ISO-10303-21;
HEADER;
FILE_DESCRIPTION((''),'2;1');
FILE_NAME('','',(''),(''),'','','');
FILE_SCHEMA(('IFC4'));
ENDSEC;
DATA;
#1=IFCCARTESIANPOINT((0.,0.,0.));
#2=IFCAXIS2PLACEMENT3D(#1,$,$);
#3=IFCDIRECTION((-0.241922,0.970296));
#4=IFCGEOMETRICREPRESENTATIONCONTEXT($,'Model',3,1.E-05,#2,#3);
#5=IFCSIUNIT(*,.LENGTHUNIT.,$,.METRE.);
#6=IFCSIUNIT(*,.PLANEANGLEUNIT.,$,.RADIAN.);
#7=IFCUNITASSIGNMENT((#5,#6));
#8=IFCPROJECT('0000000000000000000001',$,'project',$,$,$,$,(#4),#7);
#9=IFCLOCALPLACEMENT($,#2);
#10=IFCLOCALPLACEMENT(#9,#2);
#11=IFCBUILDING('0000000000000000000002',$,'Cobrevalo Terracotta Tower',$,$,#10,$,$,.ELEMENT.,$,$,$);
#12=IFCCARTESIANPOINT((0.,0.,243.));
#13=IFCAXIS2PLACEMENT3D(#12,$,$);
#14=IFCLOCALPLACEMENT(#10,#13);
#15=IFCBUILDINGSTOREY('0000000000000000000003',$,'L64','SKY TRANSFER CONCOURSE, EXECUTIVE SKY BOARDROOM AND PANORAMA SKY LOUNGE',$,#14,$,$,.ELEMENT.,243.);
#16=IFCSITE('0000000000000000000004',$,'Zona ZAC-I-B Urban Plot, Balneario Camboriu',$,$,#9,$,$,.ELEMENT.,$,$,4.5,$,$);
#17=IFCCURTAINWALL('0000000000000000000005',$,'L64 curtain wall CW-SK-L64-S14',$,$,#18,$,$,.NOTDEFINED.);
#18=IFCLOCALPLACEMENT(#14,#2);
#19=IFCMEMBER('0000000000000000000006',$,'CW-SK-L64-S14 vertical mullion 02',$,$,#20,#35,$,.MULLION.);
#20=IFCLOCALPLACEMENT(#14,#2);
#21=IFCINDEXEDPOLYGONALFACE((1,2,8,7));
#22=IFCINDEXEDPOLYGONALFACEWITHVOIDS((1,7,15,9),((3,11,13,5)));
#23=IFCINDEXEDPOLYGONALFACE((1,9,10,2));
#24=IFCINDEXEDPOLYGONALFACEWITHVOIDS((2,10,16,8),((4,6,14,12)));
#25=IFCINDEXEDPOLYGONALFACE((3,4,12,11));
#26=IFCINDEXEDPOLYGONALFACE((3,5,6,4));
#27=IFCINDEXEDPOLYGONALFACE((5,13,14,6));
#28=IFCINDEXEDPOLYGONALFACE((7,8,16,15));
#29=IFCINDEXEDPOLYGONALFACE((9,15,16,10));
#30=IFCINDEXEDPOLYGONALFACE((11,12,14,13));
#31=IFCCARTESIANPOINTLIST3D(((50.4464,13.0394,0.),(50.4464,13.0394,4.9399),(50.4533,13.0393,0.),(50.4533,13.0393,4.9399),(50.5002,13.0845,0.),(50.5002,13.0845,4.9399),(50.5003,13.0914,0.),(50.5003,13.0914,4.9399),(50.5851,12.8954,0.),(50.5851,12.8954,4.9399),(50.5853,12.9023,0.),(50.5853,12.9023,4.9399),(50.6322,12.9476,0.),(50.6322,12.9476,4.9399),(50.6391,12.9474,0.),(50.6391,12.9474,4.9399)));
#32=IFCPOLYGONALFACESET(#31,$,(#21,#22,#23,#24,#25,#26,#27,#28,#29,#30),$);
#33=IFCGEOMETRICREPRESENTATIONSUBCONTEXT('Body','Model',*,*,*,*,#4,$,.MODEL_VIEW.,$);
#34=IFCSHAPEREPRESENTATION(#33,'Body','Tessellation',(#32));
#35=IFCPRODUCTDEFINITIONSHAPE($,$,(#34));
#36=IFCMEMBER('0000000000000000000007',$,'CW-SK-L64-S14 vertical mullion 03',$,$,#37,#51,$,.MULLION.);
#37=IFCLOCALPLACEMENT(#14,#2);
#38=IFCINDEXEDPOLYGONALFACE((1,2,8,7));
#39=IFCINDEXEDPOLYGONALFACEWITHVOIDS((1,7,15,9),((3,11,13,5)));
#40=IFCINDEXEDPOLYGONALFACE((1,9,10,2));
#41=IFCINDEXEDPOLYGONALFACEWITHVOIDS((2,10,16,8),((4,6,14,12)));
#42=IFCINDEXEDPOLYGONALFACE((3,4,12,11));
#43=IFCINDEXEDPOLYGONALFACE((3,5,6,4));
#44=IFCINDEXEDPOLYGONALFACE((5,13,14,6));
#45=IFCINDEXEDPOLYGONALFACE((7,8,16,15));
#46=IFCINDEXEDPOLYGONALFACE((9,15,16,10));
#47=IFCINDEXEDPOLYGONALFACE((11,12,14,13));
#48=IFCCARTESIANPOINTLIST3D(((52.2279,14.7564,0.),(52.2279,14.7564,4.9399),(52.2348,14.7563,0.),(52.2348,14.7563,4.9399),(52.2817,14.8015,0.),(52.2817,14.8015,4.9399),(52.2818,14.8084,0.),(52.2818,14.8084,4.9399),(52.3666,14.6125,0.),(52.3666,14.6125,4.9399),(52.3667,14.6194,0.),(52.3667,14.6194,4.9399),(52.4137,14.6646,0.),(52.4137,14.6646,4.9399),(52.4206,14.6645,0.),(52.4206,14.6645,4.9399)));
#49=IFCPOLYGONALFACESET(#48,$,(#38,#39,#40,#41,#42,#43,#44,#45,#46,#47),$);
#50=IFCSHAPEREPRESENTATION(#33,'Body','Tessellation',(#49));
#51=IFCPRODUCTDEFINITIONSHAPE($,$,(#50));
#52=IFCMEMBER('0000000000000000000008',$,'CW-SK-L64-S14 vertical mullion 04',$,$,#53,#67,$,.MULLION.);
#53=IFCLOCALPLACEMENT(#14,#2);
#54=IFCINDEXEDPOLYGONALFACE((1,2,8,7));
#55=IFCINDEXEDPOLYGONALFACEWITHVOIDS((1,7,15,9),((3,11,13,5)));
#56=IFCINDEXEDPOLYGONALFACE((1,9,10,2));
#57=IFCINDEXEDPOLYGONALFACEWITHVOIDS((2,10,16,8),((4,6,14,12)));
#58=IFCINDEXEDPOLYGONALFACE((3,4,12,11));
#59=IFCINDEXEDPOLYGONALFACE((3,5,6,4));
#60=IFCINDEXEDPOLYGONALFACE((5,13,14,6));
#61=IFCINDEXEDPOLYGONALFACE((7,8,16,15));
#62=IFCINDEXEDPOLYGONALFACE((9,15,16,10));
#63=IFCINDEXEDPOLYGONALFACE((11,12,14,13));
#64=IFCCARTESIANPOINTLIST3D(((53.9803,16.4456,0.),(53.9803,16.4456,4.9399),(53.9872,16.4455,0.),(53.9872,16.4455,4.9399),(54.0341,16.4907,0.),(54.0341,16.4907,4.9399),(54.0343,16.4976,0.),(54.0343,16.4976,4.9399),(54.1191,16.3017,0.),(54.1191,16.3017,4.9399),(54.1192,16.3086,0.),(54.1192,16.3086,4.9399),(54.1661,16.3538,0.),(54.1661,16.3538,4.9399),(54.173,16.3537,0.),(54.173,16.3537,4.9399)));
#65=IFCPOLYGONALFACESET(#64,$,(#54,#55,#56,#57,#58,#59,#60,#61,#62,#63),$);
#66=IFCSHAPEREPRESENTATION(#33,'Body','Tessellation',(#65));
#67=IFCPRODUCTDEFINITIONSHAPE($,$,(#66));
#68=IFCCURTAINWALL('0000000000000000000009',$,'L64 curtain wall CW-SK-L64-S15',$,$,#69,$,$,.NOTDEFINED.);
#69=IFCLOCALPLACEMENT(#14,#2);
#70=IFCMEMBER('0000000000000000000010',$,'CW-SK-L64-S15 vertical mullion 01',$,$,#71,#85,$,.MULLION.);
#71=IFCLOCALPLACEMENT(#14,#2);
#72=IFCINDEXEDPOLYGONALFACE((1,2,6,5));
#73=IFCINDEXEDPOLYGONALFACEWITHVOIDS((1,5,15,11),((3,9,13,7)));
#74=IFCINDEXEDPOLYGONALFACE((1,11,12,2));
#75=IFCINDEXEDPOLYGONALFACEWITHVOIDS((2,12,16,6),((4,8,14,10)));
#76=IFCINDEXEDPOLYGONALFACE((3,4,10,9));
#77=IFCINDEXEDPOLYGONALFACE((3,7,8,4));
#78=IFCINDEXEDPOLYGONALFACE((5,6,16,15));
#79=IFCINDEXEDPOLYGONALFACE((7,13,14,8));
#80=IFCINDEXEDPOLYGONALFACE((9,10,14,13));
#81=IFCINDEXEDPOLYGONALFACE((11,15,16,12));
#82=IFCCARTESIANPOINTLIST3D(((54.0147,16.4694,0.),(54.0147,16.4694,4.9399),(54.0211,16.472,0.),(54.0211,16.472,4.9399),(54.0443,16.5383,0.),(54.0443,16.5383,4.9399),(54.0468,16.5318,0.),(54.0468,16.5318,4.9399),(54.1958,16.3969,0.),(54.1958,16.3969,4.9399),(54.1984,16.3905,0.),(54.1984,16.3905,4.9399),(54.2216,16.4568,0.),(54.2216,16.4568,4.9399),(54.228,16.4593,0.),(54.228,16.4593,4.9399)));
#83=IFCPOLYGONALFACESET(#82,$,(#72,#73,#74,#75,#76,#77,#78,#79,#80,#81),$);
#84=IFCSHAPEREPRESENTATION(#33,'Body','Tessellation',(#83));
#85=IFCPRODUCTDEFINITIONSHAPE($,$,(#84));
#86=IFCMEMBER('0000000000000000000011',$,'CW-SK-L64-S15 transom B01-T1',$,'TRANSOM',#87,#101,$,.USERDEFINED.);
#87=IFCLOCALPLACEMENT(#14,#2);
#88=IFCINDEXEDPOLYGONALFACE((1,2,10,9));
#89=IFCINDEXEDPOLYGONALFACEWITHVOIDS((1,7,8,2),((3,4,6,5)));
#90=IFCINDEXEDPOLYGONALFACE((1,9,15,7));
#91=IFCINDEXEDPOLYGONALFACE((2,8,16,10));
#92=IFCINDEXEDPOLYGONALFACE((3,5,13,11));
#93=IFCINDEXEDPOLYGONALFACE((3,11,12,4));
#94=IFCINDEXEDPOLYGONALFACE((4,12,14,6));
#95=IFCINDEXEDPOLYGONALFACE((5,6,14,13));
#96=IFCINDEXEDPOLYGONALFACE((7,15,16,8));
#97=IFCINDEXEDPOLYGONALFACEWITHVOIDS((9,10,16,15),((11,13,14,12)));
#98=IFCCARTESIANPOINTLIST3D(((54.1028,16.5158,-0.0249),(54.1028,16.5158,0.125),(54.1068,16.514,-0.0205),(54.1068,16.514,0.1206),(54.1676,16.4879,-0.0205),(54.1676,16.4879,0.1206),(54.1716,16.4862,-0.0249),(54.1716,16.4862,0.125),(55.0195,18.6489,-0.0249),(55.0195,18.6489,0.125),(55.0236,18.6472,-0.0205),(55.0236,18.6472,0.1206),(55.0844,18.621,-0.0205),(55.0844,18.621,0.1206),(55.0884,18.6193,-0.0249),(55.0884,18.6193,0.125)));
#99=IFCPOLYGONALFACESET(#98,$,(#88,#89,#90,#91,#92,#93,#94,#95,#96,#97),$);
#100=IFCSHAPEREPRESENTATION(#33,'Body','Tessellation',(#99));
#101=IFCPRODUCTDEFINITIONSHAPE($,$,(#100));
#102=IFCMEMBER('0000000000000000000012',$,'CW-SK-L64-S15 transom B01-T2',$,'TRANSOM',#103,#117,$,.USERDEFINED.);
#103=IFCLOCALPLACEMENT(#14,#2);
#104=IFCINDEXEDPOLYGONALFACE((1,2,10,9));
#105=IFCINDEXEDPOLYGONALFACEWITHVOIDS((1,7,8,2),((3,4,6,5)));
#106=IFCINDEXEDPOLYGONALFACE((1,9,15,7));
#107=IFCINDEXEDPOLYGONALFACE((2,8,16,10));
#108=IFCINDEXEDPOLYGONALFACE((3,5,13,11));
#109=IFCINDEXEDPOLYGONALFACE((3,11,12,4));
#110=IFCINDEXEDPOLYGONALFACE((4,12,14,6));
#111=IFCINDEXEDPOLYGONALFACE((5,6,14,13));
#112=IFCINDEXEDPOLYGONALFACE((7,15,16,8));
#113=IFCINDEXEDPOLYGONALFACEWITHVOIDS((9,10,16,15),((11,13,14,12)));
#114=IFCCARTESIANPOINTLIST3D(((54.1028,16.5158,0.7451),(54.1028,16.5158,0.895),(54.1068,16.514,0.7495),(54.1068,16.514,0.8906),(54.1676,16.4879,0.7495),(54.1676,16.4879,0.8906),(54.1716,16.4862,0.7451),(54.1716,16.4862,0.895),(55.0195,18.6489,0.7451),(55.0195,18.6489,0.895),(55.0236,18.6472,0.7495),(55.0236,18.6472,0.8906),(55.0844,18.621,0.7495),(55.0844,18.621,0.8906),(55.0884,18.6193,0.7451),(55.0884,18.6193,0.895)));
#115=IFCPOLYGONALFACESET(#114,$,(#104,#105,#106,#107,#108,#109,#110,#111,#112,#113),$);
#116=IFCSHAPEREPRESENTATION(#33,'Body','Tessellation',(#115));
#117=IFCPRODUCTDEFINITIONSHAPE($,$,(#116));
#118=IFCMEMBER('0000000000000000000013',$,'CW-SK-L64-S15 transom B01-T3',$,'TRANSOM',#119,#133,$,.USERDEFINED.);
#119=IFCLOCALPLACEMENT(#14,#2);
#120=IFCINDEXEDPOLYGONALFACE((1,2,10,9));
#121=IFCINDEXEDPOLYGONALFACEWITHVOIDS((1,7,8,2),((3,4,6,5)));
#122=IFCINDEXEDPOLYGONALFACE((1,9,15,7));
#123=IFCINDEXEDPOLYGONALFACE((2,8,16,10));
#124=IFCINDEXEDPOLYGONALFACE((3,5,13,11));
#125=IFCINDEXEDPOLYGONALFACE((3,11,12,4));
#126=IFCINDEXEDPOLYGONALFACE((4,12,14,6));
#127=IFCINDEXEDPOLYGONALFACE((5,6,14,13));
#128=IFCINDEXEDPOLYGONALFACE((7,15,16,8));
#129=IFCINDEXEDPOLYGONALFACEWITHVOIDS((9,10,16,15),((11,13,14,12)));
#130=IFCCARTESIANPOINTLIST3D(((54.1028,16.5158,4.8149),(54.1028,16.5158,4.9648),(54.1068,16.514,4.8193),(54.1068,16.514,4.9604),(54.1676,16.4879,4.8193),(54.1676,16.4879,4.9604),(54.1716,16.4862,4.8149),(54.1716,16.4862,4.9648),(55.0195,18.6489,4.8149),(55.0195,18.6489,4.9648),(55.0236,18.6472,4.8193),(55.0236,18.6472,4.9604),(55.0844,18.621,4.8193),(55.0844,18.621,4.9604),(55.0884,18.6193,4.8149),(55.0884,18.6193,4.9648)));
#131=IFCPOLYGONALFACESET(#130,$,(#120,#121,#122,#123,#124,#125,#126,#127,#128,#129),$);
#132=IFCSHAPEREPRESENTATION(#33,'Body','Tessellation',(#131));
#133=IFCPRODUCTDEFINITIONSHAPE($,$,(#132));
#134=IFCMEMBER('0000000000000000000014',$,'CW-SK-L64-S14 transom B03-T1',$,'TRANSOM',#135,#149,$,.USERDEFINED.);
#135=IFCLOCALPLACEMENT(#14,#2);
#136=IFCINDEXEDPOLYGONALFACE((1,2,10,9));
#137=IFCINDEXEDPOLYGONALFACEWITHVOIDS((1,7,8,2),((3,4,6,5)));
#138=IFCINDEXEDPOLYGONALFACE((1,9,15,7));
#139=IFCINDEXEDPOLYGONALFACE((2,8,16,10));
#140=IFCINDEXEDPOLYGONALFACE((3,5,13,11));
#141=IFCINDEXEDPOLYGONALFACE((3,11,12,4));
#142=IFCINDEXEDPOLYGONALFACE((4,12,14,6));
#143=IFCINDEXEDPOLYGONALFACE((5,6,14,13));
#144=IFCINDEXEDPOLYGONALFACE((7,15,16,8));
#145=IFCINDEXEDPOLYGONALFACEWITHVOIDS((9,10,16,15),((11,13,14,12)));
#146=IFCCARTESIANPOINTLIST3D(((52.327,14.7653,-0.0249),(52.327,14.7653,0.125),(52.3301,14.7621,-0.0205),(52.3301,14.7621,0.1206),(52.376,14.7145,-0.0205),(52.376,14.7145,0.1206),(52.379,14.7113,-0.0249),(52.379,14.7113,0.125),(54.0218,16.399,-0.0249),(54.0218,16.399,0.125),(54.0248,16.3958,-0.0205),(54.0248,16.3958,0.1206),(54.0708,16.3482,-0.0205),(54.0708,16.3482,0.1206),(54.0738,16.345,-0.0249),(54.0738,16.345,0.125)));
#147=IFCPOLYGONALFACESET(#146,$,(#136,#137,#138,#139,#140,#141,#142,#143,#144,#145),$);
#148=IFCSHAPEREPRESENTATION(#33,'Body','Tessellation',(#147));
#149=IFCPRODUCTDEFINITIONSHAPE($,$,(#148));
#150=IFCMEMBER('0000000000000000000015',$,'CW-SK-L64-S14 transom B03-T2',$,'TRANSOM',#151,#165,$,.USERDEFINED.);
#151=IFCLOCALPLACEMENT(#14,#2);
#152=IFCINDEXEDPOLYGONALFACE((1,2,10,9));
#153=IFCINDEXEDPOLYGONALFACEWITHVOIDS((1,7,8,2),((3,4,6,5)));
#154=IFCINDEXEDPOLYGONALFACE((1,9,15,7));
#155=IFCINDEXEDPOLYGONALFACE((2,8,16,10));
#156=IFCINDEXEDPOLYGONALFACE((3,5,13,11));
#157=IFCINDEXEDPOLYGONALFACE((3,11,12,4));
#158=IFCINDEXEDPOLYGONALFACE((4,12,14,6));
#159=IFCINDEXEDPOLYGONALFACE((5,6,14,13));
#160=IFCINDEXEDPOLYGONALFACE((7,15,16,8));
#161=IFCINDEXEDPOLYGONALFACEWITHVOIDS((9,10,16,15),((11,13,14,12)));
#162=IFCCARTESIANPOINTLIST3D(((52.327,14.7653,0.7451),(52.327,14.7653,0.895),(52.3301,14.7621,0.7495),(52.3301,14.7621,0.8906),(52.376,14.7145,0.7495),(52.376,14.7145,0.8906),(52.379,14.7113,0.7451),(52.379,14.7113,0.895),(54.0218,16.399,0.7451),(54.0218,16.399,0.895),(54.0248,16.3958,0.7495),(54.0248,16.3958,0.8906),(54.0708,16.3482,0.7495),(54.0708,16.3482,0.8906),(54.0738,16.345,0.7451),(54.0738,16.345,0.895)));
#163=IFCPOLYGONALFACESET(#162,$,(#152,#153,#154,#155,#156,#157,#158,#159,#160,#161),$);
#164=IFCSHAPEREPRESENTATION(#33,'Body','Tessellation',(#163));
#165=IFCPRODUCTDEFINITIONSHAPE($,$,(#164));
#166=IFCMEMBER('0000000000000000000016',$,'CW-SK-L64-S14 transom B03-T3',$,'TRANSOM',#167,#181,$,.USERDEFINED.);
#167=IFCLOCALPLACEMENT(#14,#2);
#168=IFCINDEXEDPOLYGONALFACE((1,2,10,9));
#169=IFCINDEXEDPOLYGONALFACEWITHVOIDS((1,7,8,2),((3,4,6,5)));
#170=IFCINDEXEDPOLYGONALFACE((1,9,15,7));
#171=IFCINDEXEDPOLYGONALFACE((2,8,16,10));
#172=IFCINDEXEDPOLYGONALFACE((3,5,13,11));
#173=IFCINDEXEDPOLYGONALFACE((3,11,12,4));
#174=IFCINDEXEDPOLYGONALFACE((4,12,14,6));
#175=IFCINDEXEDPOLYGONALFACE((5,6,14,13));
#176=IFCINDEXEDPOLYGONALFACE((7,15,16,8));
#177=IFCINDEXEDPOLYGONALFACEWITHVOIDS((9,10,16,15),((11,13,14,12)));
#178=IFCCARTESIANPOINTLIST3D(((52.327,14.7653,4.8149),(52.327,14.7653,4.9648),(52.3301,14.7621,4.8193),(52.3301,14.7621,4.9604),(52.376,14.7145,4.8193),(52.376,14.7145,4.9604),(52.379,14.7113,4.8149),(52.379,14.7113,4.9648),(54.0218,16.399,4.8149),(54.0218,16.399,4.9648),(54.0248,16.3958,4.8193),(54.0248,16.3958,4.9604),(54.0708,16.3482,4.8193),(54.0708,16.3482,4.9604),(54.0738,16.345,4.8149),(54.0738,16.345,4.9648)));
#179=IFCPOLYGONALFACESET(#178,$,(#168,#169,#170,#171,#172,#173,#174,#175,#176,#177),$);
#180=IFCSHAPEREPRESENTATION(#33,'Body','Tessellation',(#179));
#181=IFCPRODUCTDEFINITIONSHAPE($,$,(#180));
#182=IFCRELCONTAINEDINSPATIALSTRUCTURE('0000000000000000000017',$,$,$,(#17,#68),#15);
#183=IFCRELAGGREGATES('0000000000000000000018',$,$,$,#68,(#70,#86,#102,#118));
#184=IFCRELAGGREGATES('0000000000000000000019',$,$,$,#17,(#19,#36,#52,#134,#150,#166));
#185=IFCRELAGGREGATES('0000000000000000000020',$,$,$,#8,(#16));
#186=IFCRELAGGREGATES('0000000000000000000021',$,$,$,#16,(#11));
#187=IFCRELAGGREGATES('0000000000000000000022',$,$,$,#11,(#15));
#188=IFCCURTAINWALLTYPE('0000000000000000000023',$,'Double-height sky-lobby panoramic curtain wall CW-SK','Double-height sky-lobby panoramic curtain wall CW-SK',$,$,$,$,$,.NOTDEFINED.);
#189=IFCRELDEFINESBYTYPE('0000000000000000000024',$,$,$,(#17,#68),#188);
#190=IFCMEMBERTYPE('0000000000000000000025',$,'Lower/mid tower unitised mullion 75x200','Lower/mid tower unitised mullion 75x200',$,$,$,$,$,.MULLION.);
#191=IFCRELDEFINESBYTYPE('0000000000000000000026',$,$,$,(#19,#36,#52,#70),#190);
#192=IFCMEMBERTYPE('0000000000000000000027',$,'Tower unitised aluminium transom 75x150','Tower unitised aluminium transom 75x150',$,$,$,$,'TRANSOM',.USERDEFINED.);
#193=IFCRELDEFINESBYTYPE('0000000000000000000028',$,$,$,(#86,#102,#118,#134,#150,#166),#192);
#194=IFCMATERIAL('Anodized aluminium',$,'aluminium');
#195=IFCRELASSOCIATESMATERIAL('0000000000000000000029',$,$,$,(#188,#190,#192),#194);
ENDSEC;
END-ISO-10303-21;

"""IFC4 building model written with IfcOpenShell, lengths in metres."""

from ifc_helpers import new_model, si_unit, direction, frame, origin, origin_2d, place, context, subcontext, project, spatial, hollow_rectangle, extrude, source, transform, mapped, material, material_profile, profile_set, type_object, element, aggregate, save


model = new_model("IFC4")

# Units and contexts
model_context = context("Model", 3, precision=1e-05, world=origin(), true_north=direction((-0.241922, 0.970296)))
body_context = subcontext(model_context, "Body", "Model", "MODEL_VIEW")
ifc_project = project(units=[si_unit("LENGTHUNIT", "METRE"), si_unit("PLANEANGLEUNIT", "RADIAN")], contexts=[model_context])

# Site, building, storey
site_placement = place(None, origin())
site = spatial("IfcSite", under=ifc_project, at=site_placement, Name="Zona ZAC-I-B Urban Plot, Balneario Camboriu", CompositionType="ELEMENT", RefElevation=4.5)
building_placement = place(site_placement, origin())
building = spatial("IfcBuilding", under=site, at=building_placement, Name="Cobrevalo Terracotta Tower", CompositionType="ELEMENT")
storey_placement = place(building_placement, frame((0.0, 0.0, 243.0)))
storey = spatial("IfcBuildingStorey", under=building, at=storey_placement, Name="L64", Description="SKY TRANSFER CONCOURSE, EXECUTIVE SKY BOARDROOM AND PANORAMA SKY LOUNGE", CompositionType="ELEMENT", Elevation=243.0)

# Curtain walls, members
ifc_material_1 = material(Name="Anodized aluminium", Category="aluminium")
curtain_wall_type = type_object("IfcCurtainWallType", Name="Double-height sky-lobby panoramic curtain wall CW-SK", Description="Double-height sky-lobby panoramic curtain wall CW-SK", PredefinedType="NOTDEFINED", material=ifc_material_1)
curtain_wall_1_placement = place(storey_placement, origin())
curtain_wall_1 = element("IfcCurtainWall", 1, at=curtain_wall_1_placement, inside=storey, type_object=curtain_wall_type, Name="L64 curtain wall CW-SK-L64-S14", PredefinedType="NOTDEFINED")
ifc_material_profile_1 = material_profile(ifc_material_1, hollow_rectangle(XDim=0.075, YDim=0.2, WallThickness=0.0049, at=origin_2d()), Name="CWM 75x200")
ifc_profile_set_1 = profile_set([ifc_material_profile_1], Name="Anodized aluminium")
member_type_1 = type_object("IfcMemberType", Name="Lower/mid tower unitised mullion 75x200", Description="Lower/mid tower unitised mullion 75x200", PredefinedType="MULLION", material=ifc_profile_set_1)
shared_shape_1 = source(origin(), body_context, "Body", "SweptSolid", [
    extrude(hollow_rectangle(XDim=0.075, YDim=0.2, WallThickness=0.0049, at=origin_2d()), origin(), (0.0, 0.0, 1.0), 4.9399),
])
member_1_placement = place(storey_placement, frame((50.5427, 12.9934, 0.0), z_axis=(0.0, 0.0, 1.0), x_axis=(0.719994, 0.69398, 0.0)))
member_1 = element("IfcMember", 2, at=member_1_placement, type_object=member_type_1, Name="CW-SK-L64-S14 vertical mullion 02", PredefinedType="MULLION", context=body_context, shape_type="MappedRepresentation", body=[
    mapped(shared_shape_1, transform((0.0, 0.0, 0.0), scale=1.0)),
])
member_2_placement = place(storey_placement, frame((52.3242, 14.7104, 0.0), z_axis=(0.0, 0.0, 1.0), x_axis=(0.719994, 0.69398, 0.0)))
member_2 = element("IfcMember", 3, at=member_2_placement, type_object=member_type_1, Name="CW-SK-L64-S14 vertical mullion 03", PredefinedType="MULLION", context=body_context, shape_type="MappedRepresentation", body=[
    mapped(shared_shape_1, transform((0.0, 0.0, 0.0), scale=1.0)),
])
member_3_placement = place(storey_placement, frame((54.0767, 16.3997, 0.0), z_axis=(0.0, 0.0, 1.0), x_axis=(0.719994, 0.69398, 0.0)))
member_3 = element("IfcMember", 4, at=member_3_placement, type_object=member_type_1, Name="CW-SK-L64-S14 vertical mullion 04", PredefinedType="MULLION", context=body_context, shape_type="MappedRepresentation", body=[
    mapped(shared_shape_1, transform((0.0, 0.0, 0.0), scale=1.0)),
])
curtain_wall_2_placement = place(storey_placement, origin())
curtain_wall_2 = element("IfcCurtainWall", 5, at=curtain_wall_2_placement, inside=storey, type_object=curtain_wall_type, Name="L64 curtain wall CW-SK-L64-S15", PredefinedType="NOTDEFINED")
member_4_placement = place(storey_placement, frame((54.1213, 16.4644, 0.0), z_axis=(0.0, 0.0, 1.0), x_axis=(0.394824, 0.918757, 0.0)))
member_4 = element("IfcMember", 6, at=member_4_placement, type_object=member_type_1, Name="CW-SK-L64-S15 vertical mullion 01", PredefinedType="MULLION", context=body_context, shape_type="MappedRepresentation", body=[
    mapped(shared_shape_1, transform((0.0, 0.0, 0.0), scale=1.0)),
])
ifc_material_profile_2 = material_profile(ifc_material_1, hollow_rectangle(XDim=0.075, YDim=0.1499, WallThickness=0.0044, at=origin_2d()), Name="CWT 75x150")
ifc_profile_set_2 = profile_set([ifc_material_profile_2], Name="Anodized aluminium")
member_type_2 = type_object("IfcMemberType", Name="Tower unitised aluminium transom 75x150", Description="Tower unitised aluminium transom 75x150", ElementType="TRANSOM", PredefinedType="USERDEFINED", material=ifc_profile_set_2)
shared_shape_2 = source(origin(), body_context, "Body", "SweptSolid", [
    extrude(hollow_rectangle(XDim=0.075, YDim=0.1499, WallThickness=0.0044, at=origin_2d()), origin(), (0.0, 0.0, 1.0), 2.3218),
])
member_5_placement = place(storey_placement, frame((54.1372, 16.501, 0.05), z_axis=(0.394858, 0.918742, 0.0), x_axis=(-0.918742, 0.394858, 0.0)))
member_5 = element("IfcMember", 7, at=member_5_placement, type_object=member_type_2, Name="CW-SK-L64-S15 transom B01-T1", ObjectType="TRANSOM", PredefinedType="USERDEFINED", context=body_context, shape_type="MappedRepresentation", body=[
    mapped(shared_shape_2, transform((0.0, 0.0, 0.0), scale=1.0)),
])
member_6_placement = place(storey_placement, frame((54.1372, 16.501, 0.8201), z_axis=(0.394858, 0.918742, 0.0), x_axis=(-0.918742, 0.394858, 0.0)))
member_6 = element("IfcMember", 8, at=member_6_placement, type_object=member_type_2, Name="CW-SK-L64-S15 transom B01-T2", ObjectType="TRANSOM", PredefinedType="USERDEFINED", context=body_context, shape_type="MappedRepresentation", body=[
    mapped(shared_shape_2, transform((0.0, 0.0, 0.0), scale=1.0)),
])
member_7_placement = place(storey_placement, frame((54.1372, 16.501, 4.8899), z_axis=(0.394858, 0.918742, 0.0), x_axis=(-0.918742, 0.394858, 0.0)))
member_7 = element("IfcMember", 9, at=member_7_placement, type_object=member_type_2, Name="CW-SK-L64-S15 transom B01-T3", ObjectType="TRANSOM", PredefinedType="USERDEFINED", context=body_context, shape_type="MappedRepresentation", body=[
    mapped(shared_shape_2, transform((0.0, 0.0, 0.0), scale=1.0)),
])
aggregate(curtain_wall_2, [member_4, member_5, member_6, member_7])

# Members
shared_shape_3 = source(origin(), body_context, "Body", "SweptSolid", [
    extrude(hollow_rectangle(XDim=0.075, YDim=0.1499, WallThickness=0.0044, at=origin_2d()), origin(), (0.0, 0.0, 1.0), 2.354),
])
member_8_placement = place(storey_placement, frame((52.353, 14.7383, 0.05), z_axis=(0.719952, 0.694024, 0.0), x_axis=(-0.694024, 0.719952, 0.0)))
member_8 = element("IfcMember", 10, at=member_8_placement, type_object=member_type_2, Name="CW-SK-L64-S14 transom B03-T1", ObjectType="TRANSOM", PredefinedType="USERDEFINED", context=body_context, shape_type="MappedRepresentation", body=[
    mapped(shared_shape_3, transform((0.0, 0.0, 0.0), scale=1.0)),
])
member_9_placement = place(storey_placement, frame((52.353, 14.7383, 0.8201), z_axis=(0.719952, 0.694024, 0.0), x_axis=(-0.694024, 0.719952, 0.0)))
member_9 = element("IfcMember", 11, at=member_9_placement, type_object=member_type_2, Name="CW-SK-L64-S14 transom B03-T2", ObjectType="TRANSOM", PredefinedType="USERDEFINED", context=body_context, shape_type="MappedRepresentation", body=[
    mapped(shared_shape_3, transform((0.0, 0.0, 0.0), scale=1.0)),
])
member_10_placement = place(storey_placement, frame((52.353, 14.7383, 4.8899), z_axis=(0.719952, 0.694024, 0.0), x_axis=(-0.694024, 0.719952, 0.0)))
member_10 = element("IfcMember", 12, at=member_10_placement, type_object=member_type_2, Name="CW-SK-L64-S14 transom B03-T3", ObjectType="TRANSOM", PredefinedType="USERDEFINED", context=body_context, shape_type="MappedRepresentation", body=[
    mapped(shared_shape_3, transform((0.0, 0.0, 0.0), scale=1.0)),
])

aggregate(curtain_wall_1, [member_1, member_2, member_3, member_8, member_9, member_10])

save(model, "model.ifc")
